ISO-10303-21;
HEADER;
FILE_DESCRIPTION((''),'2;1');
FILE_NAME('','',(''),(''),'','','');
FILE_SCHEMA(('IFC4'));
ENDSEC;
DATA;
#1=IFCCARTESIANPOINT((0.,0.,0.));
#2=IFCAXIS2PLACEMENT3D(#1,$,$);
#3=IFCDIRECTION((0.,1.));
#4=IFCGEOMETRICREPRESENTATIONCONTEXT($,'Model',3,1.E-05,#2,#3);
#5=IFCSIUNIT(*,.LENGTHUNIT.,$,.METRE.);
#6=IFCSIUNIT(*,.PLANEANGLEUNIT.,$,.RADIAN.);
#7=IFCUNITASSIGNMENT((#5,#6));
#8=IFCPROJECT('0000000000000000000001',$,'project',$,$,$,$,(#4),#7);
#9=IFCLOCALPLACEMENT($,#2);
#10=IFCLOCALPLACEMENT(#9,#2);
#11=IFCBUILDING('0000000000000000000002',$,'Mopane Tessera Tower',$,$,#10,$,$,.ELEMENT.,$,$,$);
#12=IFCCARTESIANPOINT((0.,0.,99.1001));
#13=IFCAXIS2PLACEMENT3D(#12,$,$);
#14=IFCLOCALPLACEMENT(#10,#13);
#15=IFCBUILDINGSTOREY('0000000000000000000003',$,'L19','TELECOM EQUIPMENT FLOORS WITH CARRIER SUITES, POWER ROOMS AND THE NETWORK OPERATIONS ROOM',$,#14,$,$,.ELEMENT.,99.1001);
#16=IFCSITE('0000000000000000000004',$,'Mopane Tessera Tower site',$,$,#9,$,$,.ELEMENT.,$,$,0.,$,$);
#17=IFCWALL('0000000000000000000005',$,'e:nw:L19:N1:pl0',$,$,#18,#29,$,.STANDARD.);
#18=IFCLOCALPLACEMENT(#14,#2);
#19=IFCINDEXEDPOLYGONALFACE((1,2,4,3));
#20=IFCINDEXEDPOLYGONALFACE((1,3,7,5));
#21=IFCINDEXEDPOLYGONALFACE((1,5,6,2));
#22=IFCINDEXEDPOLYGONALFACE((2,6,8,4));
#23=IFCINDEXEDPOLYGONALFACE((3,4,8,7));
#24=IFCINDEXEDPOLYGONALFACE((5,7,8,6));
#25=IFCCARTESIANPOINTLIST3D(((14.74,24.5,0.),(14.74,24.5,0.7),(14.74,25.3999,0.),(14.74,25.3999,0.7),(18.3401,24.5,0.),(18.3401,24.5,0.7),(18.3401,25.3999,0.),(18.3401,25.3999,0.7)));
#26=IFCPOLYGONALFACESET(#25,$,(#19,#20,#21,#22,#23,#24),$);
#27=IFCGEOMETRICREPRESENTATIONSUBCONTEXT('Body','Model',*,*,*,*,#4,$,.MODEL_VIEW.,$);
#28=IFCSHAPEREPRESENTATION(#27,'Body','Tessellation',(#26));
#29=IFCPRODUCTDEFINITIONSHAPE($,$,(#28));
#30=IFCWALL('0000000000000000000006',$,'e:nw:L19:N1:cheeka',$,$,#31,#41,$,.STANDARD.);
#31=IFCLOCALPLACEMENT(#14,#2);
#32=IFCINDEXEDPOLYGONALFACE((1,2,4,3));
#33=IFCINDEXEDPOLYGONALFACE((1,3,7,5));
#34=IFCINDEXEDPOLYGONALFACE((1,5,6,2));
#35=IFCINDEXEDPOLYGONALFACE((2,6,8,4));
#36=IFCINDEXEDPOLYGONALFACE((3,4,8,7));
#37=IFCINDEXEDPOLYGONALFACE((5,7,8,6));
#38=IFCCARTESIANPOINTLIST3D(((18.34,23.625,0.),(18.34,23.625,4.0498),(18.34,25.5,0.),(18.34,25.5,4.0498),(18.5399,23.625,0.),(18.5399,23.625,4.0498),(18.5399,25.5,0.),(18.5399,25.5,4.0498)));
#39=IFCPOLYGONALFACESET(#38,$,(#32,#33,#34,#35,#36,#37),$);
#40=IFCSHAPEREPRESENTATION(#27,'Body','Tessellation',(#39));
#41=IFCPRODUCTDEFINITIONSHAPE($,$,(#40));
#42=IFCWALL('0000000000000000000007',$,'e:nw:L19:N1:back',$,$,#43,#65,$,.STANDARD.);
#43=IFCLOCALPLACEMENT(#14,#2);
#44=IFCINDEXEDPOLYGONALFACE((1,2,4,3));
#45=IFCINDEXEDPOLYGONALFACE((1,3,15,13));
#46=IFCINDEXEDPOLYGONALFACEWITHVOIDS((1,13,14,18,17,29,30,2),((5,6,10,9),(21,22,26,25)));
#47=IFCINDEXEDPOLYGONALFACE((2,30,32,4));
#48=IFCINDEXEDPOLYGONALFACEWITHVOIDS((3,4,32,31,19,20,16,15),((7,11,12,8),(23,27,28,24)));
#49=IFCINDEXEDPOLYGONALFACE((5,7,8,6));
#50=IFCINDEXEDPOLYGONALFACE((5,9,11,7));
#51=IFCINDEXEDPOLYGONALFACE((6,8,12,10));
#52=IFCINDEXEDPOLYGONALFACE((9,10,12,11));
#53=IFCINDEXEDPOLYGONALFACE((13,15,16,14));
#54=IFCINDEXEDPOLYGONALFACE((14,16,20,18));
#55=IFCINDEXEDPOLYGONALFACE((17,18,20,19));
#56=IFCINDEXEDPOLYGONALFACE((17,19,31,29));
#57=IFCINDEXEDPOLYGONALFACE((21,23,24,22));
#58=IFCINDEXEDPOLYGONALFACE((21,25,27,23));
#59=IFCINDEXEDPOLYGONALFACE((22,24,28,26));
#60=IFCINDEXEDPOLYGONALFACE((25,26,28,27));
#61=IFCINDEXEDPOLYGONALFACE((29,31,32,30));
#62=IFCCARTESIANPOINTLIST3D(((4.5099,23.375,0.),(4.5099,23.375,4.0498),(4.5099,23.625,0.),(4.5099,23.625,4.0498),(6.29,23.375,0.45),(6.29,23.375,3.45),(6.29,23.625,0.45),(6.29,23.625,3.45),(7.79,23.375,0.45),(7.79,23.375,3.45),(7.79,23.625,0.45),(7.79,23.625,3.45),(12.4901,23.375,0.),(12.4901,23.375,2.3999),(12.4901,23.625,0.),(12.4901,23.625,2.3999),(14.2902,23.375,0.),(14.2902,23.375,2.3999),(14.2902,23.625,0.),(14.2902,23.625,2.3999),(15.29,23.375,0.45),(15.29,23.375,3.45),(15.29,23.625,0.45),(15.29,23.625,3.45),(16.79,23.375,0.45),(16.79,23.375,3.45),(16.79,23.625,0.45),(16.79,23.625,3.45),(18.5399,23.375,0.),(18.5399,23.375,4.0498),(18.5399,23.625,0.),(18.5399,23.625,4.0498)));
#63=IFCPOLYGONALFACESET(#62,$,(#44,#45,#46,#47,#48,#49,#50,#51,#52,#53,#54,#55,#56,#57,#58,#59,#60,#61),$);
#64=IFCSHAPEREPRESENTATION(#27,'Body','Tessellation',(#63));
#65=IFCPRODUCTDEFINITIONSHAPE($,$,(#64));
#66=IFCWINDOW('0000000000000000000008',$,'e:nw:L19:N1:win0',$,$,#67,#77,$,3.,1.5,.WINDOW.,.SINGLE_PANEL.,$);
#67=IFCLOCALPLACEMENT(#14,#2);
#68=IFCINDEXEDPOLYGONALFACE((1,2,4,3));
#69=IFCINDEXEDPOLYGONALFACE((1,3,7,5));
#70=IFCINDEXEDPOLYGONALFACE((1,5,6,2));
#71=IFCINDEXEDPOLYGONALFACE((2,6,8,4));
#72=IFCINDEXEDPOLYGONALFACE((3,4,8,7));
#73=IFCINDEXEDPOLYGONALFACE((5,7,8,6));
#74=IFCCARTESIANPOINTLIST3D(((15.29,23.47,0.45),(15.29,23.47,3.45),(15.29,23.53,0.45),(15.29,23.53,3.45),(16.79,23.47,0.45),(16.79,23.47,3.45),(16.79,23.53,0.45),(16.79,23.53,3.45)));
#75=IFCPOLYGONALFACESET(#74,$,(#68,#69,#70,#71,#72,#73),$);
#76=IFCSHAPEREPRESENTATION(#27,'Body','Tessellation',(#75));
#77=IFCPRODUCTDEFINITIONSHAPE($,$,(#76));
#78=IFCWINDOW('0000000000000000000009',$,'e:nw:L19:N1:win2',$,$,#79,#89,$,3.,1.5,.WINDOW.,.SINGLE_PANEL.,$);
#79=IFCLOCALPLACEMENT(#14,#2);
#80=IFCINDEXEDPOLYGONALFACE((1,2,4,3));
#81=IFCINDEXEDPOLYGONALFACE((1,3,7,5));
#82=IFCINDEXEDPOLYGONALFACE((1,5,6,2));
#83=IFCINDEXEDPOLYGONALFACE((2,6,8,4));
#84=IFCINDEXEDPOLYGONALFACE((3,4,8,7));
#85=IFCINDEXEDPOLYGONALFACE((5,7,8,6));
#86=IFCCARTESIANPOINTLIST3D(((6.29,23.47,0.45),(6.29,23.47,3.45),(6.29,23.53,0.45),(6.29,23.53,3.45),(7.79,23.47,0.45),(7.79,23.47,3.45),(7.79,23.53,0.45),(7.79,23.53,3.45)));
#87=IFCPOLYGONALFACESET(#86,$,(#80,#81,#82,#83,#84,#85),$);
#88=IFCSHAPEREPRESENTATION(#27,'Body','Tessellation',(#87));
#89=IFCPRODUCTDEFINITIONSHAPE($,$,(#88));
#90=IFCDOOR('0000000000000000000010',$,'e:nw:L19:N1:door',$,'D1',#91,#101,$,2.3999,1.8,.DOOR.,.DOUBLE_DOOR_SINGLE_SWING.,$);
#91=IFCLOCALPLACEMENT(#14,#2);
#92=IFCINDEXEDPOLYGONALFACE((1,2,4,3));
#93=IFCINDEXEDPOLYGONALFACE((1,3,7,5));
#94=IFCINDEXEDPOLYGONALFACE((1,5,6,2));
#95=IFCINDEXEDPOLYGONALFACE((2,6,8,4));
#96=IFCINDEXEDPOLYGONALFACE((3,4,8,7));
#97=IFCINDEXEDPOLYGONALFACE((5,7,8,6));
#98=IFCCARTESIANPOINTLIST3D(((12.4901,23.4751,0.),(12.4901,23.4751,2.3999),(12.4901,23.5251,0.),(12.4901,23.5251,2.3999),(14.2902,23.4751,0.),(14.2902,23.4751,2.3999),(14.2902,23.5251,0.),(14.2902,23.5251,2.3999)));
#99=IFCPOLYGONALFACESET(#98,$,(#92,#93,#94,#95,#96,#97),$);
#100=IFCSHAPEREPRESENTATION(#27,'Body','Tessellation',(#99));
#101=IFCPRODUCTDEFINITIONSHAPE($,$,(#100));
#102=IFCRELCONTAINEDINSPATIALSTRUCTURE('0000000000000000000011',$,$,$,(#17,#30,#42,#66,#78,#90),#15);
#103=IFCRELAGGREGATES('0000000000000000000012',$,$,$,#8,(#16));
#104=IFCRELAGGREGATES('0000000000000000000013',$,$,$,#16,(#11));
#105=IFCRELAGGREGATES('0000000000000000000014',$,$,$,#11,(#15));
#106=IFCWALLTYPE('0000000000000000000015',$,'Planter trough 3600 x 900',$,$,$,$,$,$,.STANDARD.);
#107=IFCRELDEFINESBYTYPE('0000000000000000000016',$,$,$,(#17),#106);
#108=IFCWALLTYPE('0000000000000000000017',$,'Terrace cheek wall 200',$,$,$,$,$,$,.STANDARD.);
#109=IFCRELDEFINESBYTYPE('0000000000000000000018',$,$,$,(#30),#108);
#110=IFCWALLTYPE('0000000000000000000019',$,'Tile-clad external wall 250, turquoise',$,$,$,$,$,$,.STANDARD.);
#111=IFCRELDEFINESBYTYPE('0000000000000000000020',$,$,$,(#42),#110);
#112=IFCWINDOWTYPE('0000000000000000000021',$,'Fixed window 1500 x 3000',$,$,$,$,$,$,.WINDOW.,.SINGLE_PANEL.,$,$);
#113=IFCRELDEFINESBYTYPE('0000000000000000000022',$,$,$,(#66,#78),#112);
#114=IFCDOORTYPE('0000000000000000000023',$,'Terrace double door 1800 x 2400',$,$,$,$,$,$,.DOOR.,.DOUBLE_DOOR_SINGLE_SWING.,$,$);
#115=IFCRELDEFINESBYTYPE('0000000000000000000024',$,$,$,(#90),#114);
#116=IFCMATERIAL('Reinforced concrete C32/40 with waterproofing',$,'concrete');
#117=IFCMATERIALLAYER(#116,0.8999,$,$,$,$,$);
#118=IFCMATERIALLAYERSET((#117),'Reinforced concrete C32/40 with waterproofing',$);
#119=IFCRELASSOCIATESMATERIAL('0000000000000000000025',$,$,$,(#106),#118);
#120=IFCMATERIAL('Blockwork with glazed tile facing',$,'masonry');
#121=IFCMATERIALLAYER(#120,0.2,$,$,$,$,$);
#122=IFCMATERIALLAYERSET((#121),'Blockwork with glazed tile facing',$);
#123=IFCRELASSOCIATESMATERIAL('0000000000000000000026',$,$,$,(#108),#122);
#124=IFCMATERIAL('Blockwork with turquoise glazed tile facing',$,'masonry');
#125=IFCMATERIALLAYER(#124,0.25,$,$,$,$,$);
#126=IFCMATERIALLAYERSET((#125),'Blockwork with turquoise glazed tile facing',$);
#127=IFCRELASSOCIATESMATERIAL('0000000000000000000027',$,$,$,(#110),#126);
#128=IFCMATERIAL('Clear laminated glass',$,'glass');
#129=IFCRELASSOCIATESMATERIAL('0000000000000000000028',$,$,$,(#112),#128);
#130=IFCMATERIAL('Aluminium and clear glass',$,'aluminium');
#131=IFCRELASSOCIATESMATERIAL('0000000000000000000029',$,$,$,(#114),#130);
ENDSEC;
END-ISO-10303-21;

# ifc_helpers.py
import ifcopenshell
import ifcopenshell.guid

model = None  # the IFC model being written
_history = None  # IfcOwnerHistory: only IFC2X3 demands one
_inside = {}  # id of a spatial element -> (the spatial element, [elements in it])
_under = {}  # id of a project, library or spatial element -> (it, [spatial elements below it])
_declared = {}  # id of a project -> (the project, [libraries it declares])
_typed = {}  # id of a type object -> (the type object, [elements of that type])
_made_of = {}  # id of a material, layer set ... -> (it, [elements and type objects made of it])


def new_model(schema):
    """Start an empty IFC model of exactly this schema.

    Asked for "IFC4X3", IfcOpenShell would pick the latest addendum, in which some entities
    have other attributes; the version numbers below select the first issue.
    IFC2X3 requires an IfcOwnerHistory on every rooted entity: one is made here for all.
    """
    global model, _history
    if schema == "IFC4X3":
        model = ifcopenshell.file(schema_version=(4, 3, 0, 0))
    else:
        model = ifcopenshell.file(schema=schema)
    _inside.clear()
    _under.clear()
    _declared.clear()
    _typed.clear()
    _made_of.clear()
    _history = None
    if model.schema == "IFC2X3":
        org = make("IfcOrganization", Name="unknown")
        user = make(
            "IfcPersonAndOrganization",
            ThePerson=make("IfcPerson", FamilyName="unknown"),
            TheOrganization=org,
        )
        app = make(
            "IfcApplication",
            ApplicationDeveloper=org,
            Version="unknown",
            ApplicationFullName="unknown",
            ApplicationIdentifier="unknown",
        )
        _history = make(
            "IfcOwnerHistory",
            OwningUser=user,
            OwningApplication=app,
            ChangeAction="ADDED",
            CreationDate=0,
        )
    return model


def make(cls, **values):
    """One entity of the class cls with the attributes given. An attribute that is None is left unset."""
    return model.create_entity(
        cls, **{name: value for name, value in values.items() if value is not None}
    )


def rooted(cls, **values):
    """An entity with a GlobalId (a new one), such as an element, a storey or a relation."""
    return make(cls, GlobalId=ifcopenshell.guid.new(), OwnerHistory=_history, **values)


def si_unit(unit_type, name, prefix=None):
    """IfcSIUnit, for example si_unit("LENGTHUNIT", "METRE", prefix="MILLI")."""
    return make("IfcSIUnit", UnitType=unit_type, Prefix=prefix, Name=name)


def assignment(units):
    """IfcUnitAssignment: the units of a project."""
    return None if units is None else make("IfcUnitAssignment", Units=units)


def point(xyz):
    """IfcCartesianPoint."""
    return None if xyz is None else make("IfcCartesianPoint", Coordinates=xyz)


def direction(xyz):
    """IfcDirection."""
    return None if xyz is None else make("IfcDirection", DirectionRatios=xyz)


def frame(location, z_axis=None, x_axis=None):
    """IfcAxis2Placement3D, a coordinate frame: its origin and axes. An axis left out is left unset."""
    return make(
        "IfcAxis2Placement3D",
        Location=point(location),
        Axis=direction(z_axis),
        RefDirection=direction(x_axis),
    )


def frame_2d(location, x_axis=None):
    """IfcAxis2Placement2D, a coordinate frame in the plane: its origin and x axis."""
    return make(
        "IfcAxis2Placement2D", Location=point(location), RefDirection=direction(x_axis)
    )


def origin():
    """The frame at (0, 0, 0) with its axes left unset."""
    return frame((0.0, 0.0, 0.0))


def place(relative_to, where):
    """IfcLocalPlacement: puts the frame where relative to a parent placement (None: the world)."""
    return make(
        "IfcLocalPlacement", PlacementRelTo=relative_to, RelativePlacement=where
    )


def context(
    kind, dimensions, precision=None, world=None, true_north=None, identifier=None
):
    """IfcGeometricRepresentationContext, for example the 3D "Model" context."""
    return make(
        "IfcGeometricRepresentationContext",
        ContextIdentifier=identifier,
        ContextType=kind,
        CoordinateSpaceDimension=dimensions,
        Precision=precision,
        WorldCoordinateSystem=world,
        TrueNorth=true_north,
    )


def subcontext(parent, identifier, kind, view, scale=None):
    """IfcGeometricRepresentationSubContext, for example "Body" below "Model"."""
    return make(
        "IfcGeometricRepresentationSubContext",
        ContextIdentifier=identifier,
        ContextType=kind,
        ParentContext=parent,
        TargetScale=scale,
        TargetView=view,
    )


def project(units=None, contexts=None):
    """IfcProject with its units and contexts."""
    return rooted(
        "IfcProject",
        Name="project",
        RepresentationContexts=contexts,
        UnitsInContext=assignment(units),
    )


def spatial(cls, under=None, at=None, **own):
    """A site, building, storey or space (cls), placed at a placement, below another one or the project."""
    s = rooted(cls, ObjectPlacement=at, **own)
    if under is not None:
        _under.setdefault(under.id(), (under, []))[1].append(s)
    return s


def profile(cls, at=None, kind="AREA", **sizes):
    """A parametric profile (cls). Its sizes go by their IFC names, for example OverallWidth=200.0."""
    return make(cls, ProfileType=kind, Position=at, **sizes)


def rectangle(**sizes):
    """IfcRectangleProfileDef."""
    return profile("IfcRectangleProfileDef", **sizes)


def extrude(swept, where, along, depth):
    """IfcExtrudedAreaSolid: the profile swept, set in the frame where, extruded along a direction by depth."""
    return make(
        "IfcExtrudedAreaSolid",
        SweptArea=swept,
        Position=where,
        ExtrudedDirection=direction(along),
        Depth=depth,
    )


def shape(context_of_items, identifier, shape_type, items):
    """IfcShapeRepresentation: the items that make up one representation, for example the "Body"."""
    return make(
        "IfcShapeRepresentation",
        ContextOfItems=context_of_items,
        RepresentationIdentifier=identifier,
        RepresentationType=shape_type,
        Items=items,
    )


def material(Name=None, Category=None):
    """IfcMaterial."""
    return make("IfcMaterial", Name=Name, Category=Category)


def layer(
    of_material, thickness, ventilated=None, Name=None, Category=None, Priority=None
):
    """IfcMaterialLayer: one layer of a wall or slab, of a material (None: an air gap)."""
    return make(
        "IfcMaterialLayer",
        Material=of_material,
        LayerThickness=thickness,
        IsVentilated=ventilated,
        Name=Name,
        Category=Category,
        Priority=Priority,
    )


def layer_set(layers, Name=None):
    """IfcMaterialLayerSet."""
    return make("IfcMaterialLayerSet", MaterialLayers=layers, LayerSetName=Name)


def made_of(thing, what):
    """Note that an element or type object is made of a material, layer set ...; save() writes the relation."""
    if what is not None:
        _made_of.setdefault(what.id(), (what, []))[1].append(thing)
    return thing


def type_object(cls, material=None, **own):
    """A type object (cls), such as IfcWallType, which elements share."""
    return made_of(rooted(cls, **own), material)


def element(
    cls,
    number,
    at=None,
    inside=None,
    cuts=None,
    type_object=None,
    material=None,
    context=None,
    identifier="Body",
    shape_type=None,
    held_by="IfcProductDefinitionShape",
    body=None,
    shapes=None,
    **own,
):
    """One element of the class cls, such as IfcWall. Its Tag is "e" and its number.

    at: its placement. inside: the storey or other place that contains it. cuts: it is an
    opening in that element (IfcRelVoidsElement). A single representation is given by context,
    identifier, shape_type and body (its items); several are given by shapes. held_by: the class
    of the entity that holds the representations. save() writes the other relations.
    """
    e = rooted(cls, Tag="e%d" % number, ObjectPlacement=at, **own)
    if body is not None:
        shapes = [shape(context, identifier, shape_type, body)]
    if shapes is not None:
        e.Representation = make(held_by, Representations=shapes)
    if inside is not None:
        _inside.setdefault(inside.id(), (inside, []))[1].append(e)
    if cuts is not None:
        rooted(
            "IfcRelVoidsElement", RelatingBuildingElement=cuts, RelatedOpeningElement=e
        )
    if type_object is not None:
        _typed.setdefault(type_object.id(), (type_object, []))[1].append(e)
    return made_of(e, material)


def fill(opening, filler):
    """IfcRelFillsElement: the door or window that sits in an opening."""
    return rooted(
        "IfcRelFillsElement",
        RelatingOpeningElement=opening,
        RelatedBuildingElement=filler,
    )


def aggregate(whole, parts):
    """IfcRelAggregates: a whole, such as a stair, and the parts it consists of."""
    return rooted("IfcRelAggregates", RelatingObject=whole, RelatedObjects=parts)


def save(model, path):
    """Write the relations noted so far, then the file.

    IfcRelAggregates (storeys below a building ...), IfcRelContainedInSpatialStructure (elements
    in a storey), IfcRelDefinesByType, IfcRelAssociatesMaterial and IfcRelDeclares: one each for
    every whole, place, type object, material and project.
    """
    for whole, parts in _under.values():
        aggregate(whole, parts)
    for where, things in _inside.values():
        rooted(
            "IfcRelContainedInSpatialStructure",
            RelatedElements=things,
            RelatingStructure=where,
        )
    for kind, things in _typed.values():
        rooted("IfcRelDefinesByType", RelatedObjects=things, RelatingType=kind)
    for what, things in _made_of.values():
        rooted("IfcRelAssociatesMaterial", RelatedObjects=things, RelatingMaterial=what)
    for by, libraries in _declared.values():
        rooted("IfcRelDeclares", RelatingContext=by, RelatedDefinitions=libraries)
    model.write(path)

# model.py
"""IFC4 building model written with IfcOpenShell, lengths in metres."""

from ifc_helpers import new_model, si_unit, direction, frame, frame_2d, origin, place, context, subcontext, project, spatial, rectangle, extrude, material, layer, layer_set, type_object, element, fill, save


model = new_model("IFC4")

# Units and contexts
model_context = context("Model", 3, precision=1e-05, world=origin(), true_north=direction((0.0, 1.0)))
body_context = subcontext(model_context, "Body", "Model", "MODEL_VIEW")
ifc_project = project(units=[si_unit("LENGTHUNIT", "METRE"), si_unit("PLANEANGLEUNIT", "RADIAN")], contexts=[model_context])

# Site, building, storey
site_placement = place(None, origin())
site = spatial("IfcSite", under=ifc_project, at=site_placement, Name="Mopane Tessera Tower site", CompositionType="ELEMENT", RefElevation=0.0)
building_placement = place(site_placement, origin())
building = spatial("IfcBuilding", under=site, at=building_placement, Name="Mopane Tessera Tower", CompositionType="ELEMENT")
storey_placement = place(building_placement, frame((0.0, 0.0, 99.1001)))
storey = spatial("IfcBuildingStorey", under=building, at=storey_placement, Name="L19", Description="TELECOM EQUIPMENT FLOORS WITH CARRIER SUITES, POWER ROOMS AND THE NETWORK OPERATIONS ROOM", CompositionType="ELEMENT", Elevation=99.1001)

# Walls
ifc_material_1 = material(Name="Reinforced concrete C32/40 with waterproofing", Category="concrete")
ifc_layer_1 = layer(ifc_material_1, 0.8999)
ifc_layer_set_1 = layer_set([ifc_layer_1], Name="Reinforced concrete C32/40 with waterproofing")
wall_type_1 = type_object("IfcWallType", Name="Planter trough 3600 x 900", PredefinedType="STANDARD", material=ifc_layer_set_1)
wall_1_placement = place(storey_placement, frame((18.3401, 24.95, 0.0), z_axis=(0.0, 0.0, 1.0), x_axis=(-1.0, 0.0, 0.0)))
element("IfcWall", 1, at=wall_1_placement, inside=storey, type_object=wall_type_1, Name="e:nw:L19:N1:pl0", PredefinedType="STANDARD", context=body_context, shape_type="SweptSolid", body=[
    extrude(rectangle(XDim=3.6001, YDim=0.8999, at=frame_2d((1.8, 0.0))), origin(), (0.0, 0.0, 1.0), 0.7),
])
ifc_material_2 = material(Name="Blockwork with glazed tile facing", Category="masonry")
ifc_layer_2 = layer(ifc_material_2, 0.2)
ifc_layer_set_2 = layer_set([ifc_layer_2], Name="Blockwork with glazed tile facing")
wall_type_2 = type_object("IfcWallType", Name="Terrace cheek wall 200", PredefinedType="STANDARD", material=ifc_layer_set_2)
wall_2_placement = place(storey_placement, frame((18.4399, 25.5, 0.0), z_axis=(0.0, 0.0, 1.0), x_axis=(0.0, -1.0, 0.0)))
element("IfcWall", 2, at=wall_2_placement, inside=storey, type_object=wall_type_2, Name="e:nw:L19:N1:cheeka", PredefinedType="STANDARD", context=body_context, shape_type="SweptSolid", body=[
    extrude(rectangle(XDim=1.875, YDim=0.2, at=frame_2d((0.9375, 0.0))), origin(), (0.0, 0.0, 1.0), 4.0498),
])

# Wall, openings, windows, door
ifc_material_3 = material(Name="Blockwork with turquoise glazed tile facing", Category="masonry")
ifc_layer_3 = layer(ifc_material_3, 0.25)
ifc_layer_set_3 = layer_set([ifc_layer_3], Name="Blockwork with turquoise glazed tile facing")
wall_type_3 = type_object("IfcWallType", Name="Tile-clad external wall 250, turquoise", PredefinedType="STANDARD", material=ifc_layer_set_3)
wall_3_placement = place(storey_placement, frame((18.54, 23.5, 0.0), z_axis=(0.0, 0.0, 1.0), x_axis=(-1.0, 0.0, 0.0)))
wall_3 = element("IfcWall", 3, at=wall_3_placement, inside=storey, type_object=wall_type_3, Name="e:nw:L19:N1:back", PredefinedType="STANDARD", context=body_context, shape_type="SweptSolid", body=[
    extrude(rectangle(XDim=14.03, YDim=0.25, at=frame_2d((7.0151, 0.0))), origin(), (0.0, 0.0, 1.0), 4.0498),
])
opening_1_placement = place(wall_3_placement, frame((1.75, 0.0, 0.45)))
opening_1 = element("IfcOpeningElement", 4, at=opening_1_placement, cuts=wall_3, PredefinedType="OPENING", context=body_context, shape_type="SweptSolid", body=[
    extrude(rectangle(XDim=1.5, YDim=3.0, at=frame_2d((0.75, 1.5))), frame((0.0, 0.137, 0.0), z_axis=(0.0, -1.0, 0.0), x_axis=(1.0, 0.0, 0.0)), (0.0, 0.0, 1.0), 0.2739),
])
opening_2_placement = place(wall_3_placement, frame((4.25, 0.0, 0.0)))
opening_2 = element("IfcOpeningElement", 5, at=opening_2_placement, cuts=wall_3, PredefinedType="OPENING", context=body_context, shape_type="SweptSolid", body=[
    extrude(rectangle(XDim=1.8, YDim=2.3999, at=frame_2d((0.8999, 1.2))), frame((0.0, 0.137, 0.0), z_axis=(0.0, -1.0, 0.0), x_axis=(1.0, 0.0, 0.0)), (0.0, 0.0, 1.0), 0.2739),
])
opening_3_placement = place(wall_3_placement, frame((10.75, 0.0, 0.45)))
opening_3 = element("IfcOpeningElement", 6, at=opening_3_placement, cuts=wall_3, PredefinedType="OPENING", context=body_context, shape_type="SweptSolid", body=[
    extrude(rectangle(XDim=1.5, YDim=3.0, at=frame_2d((0.75, 1.5))), frame((0.0, 0.137, 0.0), z_axis=(0.0, -1.0, 0.0), x_axis=(1.0, 0.0, 0.0)), (0.0, 0.0, 1.0), 0.2739),
])
ifc_material_4 = material(Name="Clear laminated glass", Category="glass")
window_type = type_object("IfcWindowType", Name="Fixed window 1500 x 3000", PartitioningType="SINGLE_PANEL", PredefinedType="WINDOW", material=ifc_material_4)
window_1_placement = place(opening_1_placement, origin())
window_1 = element("IfcWindow", 7, at=window_1_placement, inside=storey, type_object=window_type, Name="e:nw:L19:N1:win0", OverallHeight=3.0, OverallWidth=1.5, PartitioningType="SINGLE_PANEL", PredefinedType="WINDOW", context=body_context, shape_type="SweptSolid", body=[
    extrude(rectangle(XDim=1.5, YDim=3.0, at=frame_2d((0.75, 1.5))), frame((0.0, 0.03, 0.0), z_axis=(0.0, -1.0, 0.0), x_axis=(1.0, 0.0, 0.0)), (0.0, 0.0, 1.0), 0.0601),
])
fill(opening_1, window_1)
window_2_placement = place(opening_3_placement, origin())
window_2 = element("IfcWindow", 8, at=window_2_placement, inside=storey, type_object=window_type, Name="e:nw:L19:N1:win2", OverallHeight=3.0, OverallWidth=1.5, PartitioningType="SINGLE_PANEL", PredefinedType="WINDOW", context=body_context, shape_type="SweptSolid", body=[
    extrude(rectangle(XDim=1.5, YDim=3.0, at=frame_2d((0.75, 1.5))), frame((0.0, 0.03, 0.0), z_axis=(0.0, -1.0, 0.0), x_axis=(1.0, 0.0, 0.0)), (0.0, 0.0, 1.0), 0.0601),
])
fill(opening_3, window_2)
ifc_material_5 = material(Name="Aluminium and clear glass", Category="aluminium")
door_type = type_object("IfcDoorType", Name="Terrace double door 1800 x 2400", OperationType="DOUBLE_DOOR_SINGLE_SWING", PredefinedType="DOOR", material=ifc_material_5)
door_placement = place(opening_2_placement, origin())
door = element("IfcDoor", 9, at=door_placement, inside=storey, type_object=door_type, Name="e:nw:L19:N1:door", ObjectType="D1", OperationType="DOUBLE_DOOR_SINGLE_SWING", OverallHeight=2.3999, OverallWidth=1.8, PredefinedType="DOOR", context=body_context, shape_type="SweptSolid", body=[
    extrude(rectangle(XDim=1.8, YDim=2.3999, at=frame_2d((0.8999, 1.2))), frame((0.0, 0.0249, 0.0), z_axis=(0.0, -1.0, 0.0), x_axis=(1.0, 0.0, 0.0)), (0.0, 0.0, 1.0), 0.05),
])
fill(opening_2, door)

save(model, "model.ifc")
